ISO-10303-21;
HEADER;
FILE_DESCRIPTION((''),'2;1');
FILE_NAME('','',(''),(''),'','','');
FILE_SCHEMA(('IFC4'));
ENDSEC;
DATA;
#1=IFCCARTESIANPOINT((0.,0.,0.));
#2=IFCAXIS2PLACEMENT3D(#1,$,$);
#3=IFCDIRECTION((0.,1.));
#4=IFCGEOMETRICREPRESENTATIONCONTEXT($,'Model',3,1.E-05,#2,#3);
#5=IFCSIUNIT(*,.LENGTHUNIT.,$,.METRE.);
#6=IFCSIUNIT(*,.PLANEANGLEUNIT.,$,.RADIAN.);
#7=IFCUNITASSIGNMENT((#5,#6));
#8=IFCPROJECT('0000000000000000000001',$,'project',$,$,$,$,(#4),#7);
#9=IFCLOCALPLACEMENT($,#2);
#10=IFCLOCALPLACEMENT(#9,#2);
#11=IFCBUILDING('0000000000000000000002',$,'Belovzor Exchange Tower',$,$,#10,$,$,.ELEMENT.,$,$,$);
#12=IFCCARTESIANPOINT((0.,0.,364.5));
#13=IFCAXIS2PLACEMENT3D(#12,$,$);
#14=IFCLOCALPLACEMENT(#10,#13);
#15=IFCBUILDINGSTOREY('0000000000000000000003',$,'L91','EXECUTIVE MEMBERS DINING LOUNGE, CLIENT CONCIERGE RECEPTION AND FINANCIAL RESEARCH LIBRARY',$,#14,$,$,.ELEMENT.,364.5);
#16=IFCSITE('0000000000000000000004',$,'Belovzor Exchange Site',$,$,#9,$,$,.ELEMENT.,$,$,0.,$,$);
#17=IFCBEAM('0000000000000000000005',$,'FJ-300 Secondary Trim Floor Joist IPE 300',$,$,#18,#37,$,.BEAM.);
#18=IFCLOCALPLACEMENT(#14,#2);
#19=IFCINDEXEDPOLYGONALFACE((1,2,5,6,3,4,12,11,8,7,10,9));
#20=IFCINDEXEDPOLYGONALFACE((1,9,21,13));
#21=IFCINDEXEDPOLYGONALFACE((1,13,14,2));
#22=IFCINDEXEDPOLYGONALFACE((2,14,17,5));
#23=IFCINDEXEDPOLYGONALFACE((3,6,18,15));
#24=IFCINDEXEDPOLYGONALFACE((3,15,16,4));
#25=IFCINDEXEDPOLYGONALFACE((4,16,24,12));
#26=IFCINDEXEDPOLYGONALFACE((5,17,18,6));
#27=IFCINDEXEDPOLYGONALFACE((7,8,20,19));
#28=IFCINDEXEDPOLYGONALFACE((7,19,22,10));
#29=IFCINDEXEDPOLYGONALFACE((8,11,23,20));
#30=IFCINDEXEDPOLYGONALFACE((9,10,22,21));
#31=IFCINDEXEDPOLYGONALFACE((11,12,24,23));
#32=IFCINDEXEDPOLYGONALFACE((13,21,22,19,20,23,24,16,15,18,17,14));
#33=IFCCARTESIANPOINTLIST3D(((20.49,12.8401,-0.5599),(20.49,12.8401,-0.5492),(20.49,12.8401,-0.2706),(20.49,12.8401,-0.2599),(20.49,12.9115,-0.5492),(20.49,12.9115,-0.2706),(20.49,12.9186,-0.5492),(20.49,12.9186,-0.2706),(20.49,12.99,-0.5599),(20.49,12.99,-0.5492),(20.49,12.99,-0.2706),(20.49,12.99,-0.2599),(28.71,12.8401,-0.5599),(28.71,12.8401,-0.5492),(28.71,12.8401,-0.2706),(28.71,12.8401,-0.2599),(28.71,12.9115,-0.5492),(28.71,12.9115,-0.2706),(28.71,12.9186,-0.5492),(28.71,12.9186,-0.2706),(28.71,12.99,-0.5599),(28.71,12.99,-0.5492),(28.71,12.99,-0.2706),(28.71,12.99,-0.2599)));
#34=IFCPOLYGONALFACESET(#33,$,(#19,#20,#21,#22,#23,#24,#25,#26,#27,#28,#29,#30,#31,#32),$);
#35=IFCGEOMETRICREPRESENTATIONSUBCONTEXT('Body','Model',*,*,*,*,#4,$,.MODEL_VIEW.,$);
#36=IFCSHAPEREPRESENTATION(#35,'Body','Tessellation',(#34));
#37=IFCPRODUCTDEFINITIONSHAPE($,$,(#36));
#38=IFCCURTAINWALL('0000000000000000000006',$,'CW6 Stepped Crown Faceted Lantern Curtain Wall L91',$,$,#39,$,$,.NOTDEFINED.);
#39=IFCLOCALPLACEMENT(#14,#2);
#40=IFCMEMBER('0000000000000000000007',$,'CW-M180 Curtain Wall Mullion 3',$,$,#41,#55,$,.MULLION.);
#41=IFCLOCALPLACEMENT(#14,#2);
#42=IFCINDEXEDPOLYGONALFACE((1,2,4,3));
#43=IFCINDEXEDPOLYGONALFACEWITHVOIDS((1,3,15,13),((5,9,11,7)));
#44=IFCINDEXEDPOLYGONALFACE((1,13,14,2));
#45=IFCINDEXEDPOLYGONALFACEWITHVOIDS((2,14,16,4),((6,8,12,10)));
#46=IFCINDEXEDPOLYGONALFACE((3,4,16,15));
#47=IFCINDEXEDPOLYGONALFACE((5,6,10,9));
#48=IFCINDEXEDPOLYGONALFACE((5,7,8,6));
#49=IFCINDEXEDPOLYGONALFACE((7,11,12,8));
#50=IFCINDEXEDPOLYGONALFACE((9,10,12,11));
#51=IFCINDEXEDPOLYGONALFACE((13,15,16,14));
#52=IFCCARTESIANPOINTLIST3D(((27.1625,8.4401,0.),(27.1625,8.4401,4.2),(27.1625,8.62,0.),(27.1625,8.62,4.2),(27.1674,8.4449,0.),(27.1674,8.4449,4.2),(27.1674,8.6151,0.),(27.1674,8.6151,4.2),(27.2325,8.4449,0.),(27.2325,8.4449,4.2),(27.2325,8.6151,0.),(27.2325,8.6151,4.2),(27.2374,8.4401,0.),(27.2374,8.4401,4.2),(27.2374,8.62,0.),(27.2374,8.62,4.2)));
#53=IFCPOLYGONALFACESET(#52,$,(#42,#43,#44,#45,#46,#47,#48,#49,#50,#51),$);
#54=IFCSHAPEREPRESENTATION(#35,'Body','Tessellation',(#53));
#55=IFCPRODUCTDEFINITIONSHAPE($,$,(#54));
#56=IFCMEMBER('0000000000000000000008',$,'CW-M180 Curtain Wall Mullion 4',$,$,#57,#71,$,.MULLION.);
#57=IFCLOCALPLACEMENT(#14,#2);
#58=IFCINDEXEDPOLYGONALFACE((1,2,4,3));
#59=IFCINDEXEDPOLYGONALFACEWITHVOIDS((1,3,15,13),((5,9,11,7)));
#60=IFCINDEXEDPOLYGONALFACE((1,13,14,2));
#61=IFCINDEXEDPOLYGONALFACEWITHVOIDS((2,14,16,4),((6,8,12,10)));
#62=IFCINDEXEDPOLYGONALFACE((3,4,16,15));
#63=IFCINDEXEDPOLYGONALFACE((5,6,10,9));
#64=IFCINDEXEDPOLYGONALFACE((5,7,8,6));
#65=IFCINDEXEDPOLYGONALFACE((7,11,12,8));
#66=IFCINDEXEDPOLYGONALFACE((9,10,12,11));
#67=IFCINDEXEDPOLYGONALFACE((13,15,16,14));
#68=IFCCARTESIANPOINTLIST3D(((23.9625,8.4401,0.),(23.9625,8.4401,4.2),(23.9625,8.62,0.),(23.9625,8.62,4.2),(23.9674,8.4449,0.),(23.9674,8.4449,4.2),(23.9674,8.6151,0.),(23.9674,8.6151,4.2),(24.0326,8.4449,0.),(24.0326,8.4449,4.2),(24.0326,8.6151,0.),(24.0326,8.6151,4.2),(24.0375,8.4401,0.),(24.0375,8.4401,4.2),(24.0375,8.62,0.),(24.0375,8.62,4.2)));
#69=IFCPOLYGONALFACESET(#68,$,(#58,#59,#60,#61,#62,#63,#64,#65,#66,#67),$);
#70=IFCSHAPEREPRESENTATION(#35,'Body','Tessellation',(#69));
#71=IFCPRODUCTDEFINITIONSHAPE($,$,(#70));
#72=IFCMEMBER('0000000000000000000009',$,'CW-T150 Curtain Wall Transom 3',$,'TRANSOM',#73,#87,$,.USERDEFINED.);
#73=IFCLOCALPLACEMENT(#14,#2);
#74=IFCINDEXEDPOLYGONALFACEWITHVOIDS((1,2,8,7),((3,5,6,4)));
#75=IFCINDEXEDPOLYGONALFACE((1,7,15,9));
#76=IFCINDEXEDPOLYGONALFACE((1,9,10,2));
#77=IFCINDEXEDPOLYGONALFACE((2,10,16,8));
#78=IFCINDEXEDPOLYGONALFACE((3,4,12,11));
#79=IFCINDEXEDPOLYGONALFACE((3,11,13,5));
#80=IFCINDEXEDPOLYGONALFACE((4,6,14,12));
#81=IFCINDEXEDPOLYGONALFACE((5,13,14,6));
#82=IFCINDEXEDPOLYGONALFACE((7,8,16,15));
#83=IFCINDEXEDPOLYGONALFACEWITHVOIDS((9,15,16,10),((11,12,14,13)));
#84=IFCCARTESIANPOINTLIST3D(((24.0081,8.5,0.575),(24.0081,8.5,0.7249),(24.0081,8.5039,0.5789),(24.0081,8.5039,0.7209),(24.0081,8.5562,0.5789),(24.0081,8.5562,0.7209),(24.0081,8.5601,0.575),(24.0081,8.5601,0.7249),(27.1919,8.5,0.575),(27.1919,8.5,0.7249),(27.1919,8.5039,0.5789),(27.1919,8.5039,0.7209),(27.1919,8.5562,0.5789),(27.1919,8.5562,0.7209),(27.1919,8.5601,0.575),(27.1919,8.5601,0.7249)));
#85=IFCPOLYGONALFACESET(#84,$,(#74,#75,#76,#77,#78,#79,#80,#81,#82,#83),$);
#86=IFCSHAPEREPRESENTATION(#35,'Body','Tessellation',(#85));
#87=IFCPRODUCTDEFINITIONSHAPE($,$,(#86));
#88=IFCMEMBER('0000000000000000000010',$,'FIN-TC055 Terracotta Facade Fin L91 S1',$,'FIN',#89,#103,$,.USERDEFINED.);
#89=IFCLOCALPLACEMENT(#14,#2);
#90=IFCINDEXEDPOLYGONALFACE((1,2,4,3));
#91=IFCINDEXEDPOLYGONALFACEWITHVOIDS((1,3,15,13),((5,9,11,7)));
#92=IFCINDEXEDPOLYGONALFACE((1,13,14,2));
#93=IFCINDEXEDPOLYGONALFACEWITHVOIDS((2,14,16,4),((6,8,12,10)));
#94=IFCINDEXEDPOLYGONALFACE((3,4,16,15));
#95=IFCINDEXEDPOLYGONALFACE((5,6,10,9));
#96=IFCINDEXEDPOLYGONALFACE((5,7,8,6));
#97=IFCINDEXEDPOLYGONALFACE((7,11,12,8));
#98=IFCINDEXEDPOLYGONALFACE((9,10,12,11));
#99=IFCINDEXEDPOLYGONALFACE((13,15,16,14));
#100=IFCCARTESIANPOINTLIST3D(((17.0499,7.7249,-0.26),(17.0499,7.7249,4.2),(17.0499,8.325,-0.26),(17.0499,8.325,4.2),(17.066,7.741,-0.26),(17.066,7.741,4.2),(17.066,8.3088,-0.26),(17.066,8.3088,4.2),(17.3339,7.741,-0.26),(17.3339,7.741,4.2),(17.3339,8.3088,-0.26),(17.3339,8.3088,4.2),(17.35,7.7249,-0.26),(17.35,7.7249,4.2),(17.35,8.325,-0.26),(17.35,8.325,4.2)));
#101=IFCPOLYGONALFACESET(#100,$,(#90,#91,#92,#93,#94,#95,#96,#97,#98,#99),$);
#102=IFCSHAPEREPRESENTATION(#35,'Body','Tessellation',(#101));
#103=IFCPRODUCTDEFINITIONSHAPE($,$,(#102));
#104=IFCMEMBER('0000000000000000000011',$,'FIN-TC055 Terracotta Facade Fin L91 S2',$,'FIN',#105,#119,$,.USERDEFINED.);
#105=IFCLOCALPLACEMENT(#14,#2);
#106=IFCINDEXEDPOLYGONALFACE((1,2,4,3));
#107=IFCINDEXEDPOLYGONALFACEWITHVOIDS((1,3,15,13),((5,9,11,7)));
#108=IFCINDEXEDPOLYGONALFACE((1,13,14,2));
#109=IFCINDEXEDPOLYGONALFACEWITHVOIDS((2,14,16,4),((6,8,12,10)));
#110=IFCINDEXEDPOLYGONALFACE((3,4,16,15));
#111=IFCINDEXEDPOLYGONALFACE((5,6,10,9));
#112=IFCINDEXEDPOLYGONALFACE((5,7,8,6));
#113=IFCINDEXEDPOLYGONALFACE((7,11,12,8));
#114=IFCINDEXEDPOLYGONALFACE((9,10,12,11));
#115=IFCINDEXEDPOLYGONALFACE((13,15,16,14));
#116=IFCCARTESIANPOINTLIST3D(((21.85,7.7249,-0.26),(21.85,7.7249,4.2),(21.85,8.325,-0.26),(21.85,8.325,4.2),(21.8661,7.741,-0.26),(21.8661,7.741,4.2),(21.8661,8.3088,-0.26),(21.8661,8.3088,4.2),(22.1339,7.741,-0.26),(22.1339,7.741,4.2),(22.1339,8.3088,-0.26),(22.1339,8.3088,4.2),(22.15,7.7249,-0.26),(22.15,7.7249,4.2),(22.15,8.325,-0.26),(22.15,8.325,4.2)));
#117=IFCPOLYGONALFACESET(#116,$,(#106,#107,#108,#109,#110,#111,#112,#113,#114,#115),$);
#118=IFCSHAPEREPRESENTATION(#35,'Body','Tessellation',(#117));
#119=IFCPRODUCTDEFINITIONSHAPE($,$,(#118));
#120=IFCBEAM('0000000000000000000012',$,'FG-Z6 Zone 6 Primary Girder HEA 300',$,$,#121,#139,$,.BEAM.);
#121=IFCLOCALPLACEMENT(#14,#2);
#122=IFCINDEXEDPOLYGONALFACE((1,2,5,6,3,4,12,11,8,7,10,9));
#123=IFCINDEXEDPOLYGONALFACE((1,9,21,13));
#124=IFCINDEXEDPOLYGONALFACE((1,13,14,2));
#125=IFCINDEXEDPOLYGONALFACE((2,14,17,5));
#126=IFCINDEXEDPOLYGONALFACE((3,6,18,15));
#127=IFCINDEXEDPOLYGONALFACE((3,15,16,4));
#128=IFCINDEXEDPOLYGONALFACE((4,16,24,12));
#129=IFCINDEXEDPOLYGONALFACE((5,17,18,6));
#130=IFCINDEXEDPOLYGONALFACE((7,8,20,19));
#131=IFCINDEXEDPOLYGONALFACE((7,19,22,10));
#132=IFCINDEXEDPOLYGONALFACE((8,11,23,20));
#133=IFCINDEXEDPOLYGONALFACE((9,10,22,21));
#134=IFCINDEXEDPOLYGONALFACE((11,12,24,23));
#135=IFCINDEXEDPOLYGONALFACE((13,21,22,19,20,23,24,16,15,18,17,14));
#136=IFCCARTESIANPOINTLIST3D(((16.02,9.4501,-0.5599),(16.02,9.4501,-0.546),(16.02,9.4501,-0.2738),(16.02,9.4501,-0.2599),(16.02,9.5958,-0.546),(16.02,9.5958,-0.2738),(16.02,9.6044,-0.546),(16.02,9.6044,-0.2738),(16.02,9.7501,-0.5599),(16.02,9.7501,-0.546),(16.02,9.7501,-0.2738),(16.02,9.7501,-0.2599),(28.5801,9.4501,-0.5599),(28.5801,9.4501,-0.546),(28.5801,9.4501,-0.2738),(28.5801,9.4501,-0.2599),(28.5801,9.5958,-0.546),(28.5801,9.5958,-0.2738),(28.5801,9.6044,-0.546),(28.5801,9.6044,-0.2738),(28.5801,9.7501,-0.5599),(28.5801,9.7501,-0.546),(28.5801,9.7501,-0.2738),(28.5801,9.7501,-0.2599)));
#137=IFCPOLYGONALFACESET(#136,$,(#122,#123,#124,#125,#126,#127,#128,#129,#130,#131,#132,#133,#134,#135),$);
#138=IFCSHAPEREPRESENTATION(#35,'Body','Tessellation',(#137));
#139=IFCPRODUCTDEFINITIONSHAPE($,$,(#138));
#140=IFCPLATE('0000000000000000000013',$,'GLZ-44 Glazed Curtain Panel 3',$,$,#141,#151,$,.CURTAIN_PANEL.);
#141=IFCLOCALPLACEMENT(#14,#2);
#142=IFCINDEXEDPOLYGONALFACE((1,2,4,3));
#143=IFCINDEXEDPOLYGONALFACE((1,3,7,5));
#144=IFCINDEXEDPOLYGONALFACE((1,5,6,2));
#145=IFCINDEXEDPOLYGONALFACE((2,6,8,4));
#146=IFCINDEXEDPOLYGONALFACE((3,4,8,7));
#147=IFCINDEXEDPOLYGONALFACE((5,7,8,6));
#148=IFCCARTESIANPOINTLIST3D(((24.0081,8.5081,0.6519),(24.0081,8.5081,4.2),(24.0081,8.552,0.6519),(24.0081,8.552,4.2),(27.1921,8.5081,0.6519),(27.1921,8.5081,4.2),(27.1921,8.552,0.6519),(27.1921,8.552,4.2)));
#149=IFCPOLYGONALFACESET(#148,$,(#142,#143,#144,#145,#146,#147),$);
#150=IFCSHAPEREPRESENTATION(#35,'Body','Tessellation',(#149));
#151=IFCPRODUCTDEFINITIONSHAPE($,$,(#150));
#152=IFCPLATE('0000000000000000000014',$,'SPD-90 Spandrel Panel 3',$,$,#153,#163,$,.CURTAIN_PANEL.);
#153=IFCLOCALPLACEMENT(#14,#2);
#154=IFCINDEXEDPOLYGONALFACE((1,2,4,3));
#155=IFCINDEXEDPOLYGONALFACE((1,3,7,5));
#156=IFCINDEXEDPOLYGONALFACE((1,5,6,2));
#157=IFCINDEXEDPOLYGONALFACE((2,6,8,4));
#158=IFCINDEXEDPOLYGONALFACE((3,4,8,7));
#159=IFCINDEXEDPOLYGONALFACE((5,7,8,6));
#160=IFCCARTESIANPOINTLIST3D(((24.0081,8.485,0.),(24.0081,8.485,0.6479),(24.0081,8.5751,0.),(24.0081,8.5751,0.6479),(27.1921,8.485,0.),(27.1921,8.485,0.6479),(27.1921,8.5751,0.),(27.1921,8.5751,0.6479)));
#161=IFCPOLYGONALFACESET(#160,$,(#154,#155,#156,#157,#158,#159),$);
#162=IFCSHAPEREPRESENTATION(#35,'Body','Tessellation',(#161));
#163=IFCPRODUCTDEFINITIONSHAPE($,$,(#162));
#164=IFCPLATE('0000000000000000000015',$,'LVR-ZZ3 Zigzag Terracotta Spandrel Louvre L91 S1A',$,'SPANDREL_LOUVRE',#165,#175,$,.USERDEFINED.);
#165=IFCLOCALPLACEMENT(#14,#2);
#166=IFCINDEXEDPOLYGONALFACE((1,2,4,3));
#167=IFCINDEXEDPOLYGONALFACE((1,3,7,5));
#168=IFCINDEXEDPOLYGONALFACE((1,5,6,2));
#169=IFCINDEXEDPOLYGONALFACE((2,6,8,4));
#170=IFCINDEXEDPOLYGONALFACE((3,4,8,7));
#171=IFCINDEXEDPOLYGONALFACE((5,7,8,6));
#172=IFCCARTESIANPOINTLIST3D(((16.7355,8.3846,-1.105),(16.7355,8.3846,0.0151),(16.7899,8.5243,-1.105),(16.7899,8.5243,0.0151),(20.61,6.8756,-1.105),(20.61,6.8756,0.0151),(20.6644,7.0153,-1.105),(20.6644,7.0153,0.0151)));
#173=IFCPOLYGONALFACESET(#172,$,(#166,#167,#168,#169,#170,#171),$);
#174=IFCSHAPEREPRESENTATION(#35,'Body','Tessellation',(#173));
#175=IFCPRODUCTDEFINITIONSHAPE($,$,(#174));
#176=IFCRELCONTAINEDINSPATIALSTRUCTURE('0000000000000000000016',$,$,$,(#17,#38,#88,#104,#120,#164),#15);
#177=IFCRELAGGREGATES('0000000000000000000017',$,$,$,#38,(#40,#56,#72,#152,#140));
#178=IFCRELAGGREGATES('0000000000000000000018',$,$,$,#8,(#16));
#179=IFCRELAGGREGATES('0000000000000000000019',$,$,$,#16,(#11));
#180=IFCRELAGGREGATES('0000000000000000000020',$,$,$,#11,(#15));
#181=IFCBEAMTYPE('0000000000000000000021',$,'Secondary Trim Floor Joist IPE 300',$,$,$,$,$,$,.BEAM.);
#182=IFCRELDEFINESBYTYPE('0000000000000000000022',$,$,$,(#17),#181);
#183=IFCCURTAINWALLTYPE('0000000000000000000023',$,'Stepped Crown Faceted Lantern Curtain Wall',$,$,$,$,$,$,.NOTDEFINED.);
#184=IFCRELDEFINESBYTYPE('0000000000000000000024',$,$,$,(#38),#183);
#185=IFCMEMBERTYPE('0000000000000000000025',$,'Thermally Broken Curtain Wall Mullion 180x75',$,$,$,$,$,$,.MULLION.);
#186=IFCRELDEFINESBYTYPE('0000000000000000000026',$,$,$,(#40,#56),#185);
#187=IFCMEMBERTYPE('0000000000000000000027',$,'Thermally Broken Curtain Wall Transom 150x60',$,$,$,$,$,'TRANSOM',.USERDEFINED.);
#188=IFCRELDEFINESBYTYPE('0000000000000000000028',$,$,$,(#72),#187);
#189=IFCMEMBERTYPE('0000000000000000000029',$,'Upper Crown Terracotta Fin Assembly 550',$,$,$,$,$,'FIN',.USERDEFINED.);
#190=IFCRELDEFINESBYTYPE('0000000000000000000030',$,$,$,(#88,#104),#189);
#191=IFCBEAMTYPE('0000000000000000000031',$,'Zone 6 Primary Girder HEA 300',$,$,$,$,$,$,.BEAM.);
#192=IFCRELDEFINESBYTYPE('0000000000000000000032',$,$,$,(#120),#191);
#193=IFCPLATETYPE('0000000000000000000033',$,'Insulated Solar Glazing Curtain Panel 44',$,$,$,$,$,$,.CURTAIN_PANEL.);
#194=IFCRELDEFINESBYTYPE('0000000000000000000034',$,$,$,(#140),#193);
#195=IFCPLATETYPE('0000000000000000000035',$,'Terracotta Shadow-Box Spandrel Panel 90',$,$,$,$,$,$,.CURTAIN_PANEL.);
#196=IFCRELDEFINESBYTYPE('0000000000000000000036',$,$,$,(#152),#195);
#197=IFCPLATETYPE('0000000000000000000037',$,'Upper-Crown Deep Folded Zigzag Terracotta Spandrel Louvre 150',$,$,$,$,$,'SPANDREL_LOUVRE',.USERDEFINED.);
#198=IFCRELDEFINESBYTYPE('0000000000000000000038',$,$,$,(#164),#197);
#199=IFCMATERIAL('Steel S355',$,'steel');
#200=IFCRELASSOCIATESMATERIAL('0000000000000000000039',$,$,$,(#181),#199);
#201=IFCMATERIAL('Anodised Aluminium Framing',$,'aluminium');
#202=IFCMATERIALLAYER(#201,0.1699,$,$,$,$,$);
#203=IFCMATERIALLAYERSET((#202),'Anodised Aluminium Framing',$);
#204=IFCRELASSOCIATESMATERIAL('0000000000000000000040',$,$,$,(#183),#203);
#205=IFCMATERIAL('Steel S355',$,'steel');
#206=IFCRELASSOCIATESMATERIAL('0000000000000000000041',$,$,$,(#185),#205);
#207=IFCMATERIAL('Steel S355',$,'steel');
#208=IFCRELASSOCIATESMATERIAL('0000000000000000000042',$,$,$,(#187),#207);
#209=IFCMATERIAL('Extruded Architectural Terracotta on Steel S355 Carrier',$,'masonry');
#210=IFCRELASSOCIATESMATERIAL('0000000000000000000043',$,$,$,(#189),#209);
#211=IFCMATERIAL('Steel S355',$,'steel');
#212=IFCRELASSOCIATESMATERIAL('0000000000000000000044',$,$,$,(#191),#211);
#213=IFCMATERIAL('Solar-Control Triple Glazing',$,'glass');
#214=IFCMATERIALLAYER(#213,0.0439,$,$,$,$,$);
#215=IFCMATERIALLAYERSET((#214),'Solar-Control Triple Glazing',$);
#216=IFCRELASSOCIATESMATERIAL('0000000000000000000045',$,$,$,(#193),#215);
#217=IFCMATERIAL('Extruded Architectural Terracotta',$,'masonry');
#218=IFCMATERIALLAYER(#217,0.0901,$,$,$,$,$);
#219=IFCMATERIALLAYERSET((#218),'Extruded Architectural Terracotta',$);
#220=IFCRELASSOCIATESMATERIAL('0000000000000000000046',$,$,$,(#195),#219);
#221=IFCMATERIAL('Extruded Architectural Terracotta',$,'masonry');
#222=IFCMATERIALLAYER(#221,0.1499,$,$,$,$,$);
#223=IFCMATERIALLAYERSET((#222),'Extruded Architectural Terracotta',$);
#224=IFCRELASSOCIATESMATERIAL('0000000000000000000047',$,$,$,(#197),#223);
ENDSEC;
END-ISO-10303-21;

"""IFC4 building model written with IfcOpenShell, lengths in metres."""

from ifc_helpers import new_model, si_unit, direction, frame, origin, origin_2d, place, context, subcontext, project, spatial, rectangle, hollow_rectangle, i_section, extrude, material, layer, layer_set, material_profile, profile_set, type_object, element, aggregate, save


model = new_model("IFC4")

# Units and contexts
model_context = context("Model", 3, precision=1e-05, world=origin(), true_north=direction((0.0, 1.0)))
body_context = subcontext(model_context, "Body", "Model", "MODEL_VIEW")
ifc_project = project(units=[si_unit("LENGTHUNIT", "METRE"), si_unit("PLANEANGLEUNIT", "RADIAN")], contexts=[model_context])

# Site, building, storey
site_placement = place(None, origin())
site = spatial("IfcSite", under=ifc_project, at=site_placement, Name="Belovzor Exchange Site", CompositionType="ELEMENT", RefElevation=0.0)
building_placement = place(site_placement, origin())
building = spatial("IfcBuilding", under=site, at=building_placement, Name="Belovzor Exchange Tower", CompositionType="ELEMENT")
storey_placement = place(building_placement, frame((0.0, 0.0, 364.5)))
storey = spatial("IfcBuildingStorey", under=building, at=storey_placement, Name="L91", Description="EXECUTIVE MEMBERS DINING LOUNGE, CLIENT CONCIERGE RECEPTION AND FINANCIAL RESEARCH LIBRARY", CompositionType="ELEMENT", Elevation=364.5)

# Beam
ifc_material_1 = material(Name="Steel S355", Category="steel")
ifc_material_profile_1 = material_profile(ifc_material_1, i_section(OverallWidth=0.1499, OverallDepth=0.3, WebThickness=0.0071, FlangeThickness=0.0107, at=origin_2d()))
ifc_profile_set_1 = profile_set([ifc_material_profile_1], Name="Steel S355")
beam_type_1 = type_object("IfcBeamType", Name="Secondary Trim Floor Joist IPE 300", PredefinedType="BEAM", material=ifc_profile_set_1)
beam_1_placement = place(storey_placement, frame((20.49, 12.915, -0.4099), z_axis=(1.0, 0.0, 0.0), x_axis=(0.0, 1.0, 0.0)))
element("IfcBeam", 1, at=beam_1_placement, inside=storey, type_object=beam_type_1, Name="FJ-300 Secondary Trim Floor Joist IPE 300", PredefinedType="BEAM", context=body_context, shape_type="SweptSolid", body=[
    extrude(i_section(OverallWidth=0.1499, OverallDepth=0.3, WebThickness=0.0071, FlangeThickness=0.0107, at=origin_2d()), origin(), (0.0, 0.0, 1.0), 8.22),
])

# Curtain wall, members
ifc_material_2 = material(Name="Anodised Aluminium Framing", Category="aluminium")
ifc_layer_1 = layer(ifc_material_2, 0.1699)
ifc_layer_set_1 = layer_set([ifc_layer_1], Name="Anodised Aluminium Framing")
curtain_wall_type = type_object("IfcCurtainWallType", Name="Stepped Crown Faceted Lantern Curtain Wall", PredefinedType="NOTDEFINED", material=ifc_layer_set_1)
curtain_wall_placement = place(storey_placement, origin())
curtain_wall = element("IfcCurtainWall", 2, at=curtain_wall_placement, inside=storey, type_object=curtain_wall_type, Name="CW6 Stepped Crown Faceted Lantern Curtain Wall L91", PredefinedType="NOTDEFINED")
ifc_material_3 = material(Name="Steel S355", Category="steel")
ifc_material_profile_2 = material_profile(ifc_material_3, hollow_rectangle(XDim=0.075, YDim=0.1799, WallThickness=0.0049, at=origin_2d()))
ifc_profile_set_2 = profile_set([ifc_material_profile_2], Name="Steel S355")
member_type_1 = type_object("IfcMemberType", Name="Thermally Broken Curtain Wall Mullion 180x75", PredefinedType="MULLION", material=ifc_profile_set_2)
member_1_placement = place(storey_placement, frame((27.2, 8.53, 0.0), z_axis=(0.0, 0.0, 1.0), x_axis=(-1.0, 0.0, 0.0)))
member_1 = element("IfcMember", 3, at=member_1_placement, type_object=member_type_1, Name="CW-M180 Curtain Wall Mullion 3", PredefinedType="MULLION", context=body_context, shape_type="SweptSolid", body=[
    extrude(hollow_rectangle(XDim=0.075, YDim=0.1799, WallThickness=0.0049, at=origin_2d()), origin(), (0.0, 0.0, 1.0), 4.2),
])
member_2_placement = place(storey_placement, frame((24.0, 8.53, 0.0), z_axis=(0.0, 0.0, 1.0), x_axis=(-1.0, 0.0, 0.0)))
member_2 = element("IfcMember", 4, at=member_2_placement, type_object=member_type_1, Name="CW-M180 Curtain Wall Mullion 4", PredefinedType="MULLION", context=body_context, shape_type="SweptSolid", body=[
    extrude(hollow_rectangle(XDim=0.075, YDim=0.1799, WallThickness=0.0049, at=origin_2d()), origin(), (0.0, 0.0, 1.0), 4.2),
])
ifc_material_4 = material(Name="Steel S355", Category="steel")
ifc_material_profile_3 = material_profile(ifc_material_4, hollow_rectangle(XDim=0.0601, YDim=0.1499, WallThickness=0.0039, at=origin_2d()))
ifc_profile_set_3 = profile_set([ifc_material_profile_3], Name="Steel S355")
member_type_2 = type_object("IfcMemberType", Name="Thermally Broken Curtain Wall Transom 150x60", ElementType="TRANSOM", PredefinedType="USERDEFINED", material=ifc_profile_set_3)
member_3_placement = place(storey_placement, frame((27.1919, 8.53, 0.6499), z_axis=(-1.0, 0.0, 0.0), x_axis=(0.0, -1.0, 0.0)))
member_3 = element("IfcMember", 5, at=member_3_placement, type_object=member_type_2, Name="CW-T150 Curtain Wall Transom 3", ObjectType="TRANSOM", PredefinedType="USERDEFINED", context=body_context, shape_type="SweptSolid", body=[
    extrude(hollow_rectangle(XDim=0.0601, YDim=0.1499, WallThickness=0.0039, at=origin_2d()), origin(), (0.0, 0.0, 1.0), 3.1838),
])

# Members
ifc_material_5 = material(Name="Extruded Architectural Terracotta on Steel S355 Carrier", Category="masonry")
ifc_material_profile_4 = material_profile(ifc_material_5, hollow_rectangle(XDim=0.3, YDim=0.6001, WallThickness=0.0161, at=origin_2d()))
ifc_profile_set_4 = profile_set([ifc_material_profile_4], Name="Extruded Architectural Terracotta on Steel S355 Carrier")
member_type_3 = type_object("IfcMemberType", Name="Upper Crown Terracotta Fin Assembly 550", ElementType="FIN", PredefinedType="USERDEFINED", material=ifc_profile_set_4)
for number, where, z_axis, x_axis, name in (
    (6, (17.2, 8.0249, -0.26), (0.0, 0.0, 1.0), (1.0, 0.0, 0.0), "FIN-TC055 Terracotta Facade Fin L91 S1"),
    (7, (22.0, 8.0249, -0.26), (0.0, 0.0, 1.0), (1.0, 0.0, 0.0), "FIN-TC055 Terracotta Facade Fin L91 S2"),
):
    element("IfcMember", number, at=place(storey_placement, frame(where, z_axis=z_axis, x_axis=x_axis)), inside=storey, type_object=member_type_3, Name=name, ObjectType="FIN", PredefinedType="USERDEFINED", context=body_context, shape_type="SweptSolid", body=[
        extrude(hollow_rectangle(XDim=0.3, YDim=0.6001, WallThickness=0.0161, at=origin_2d()), origin(), (0.0, 0.0, 1.0), 4.46),
    ])

# Beam
ifc_material_6 = material(Name="Steel S355", Category="steel")
ifc_material_profile_5 = material_profile(ifc_material_6, i_section(OverallWidth=0.3, OverallDepth=0.3, WebThickness=0.0085, FlangeThickness=0.0139, at=origin_2d()))
ifc_profile_set_5 = profile_set([ifc_material_profile_5], Name="Steel S355")
beam_type_2 = type_object("IfcBeamType", Name="Zone 6 Primary Girder HEA 300", PredefinedType="BEAM", material=ifc_profile_set_5)
beam_2_placement = place(storey_placement, frame((16.02, 9.6001, -0.4099), z_axis=(1.0, 0.0, 0.0), x_axis=(0.0, 1.0, 0.0)))
element("IfcBeam", 8, at=beam_2_placement, inside=storey, type_object=beam_type_2, Name="FG-Z6 Zone 6 Primary Girder HEA 300", PredefinedType="BEAM", context=body_context, shape_type="SweptSolid", body=[
    extrude(i_section(OverallWidth=0.3, OverallDepth=0.3, WebThickness=0.0085, FlangeThickness=0.0139, at=origin_2d()), origin(), (0.0, 0.0, 1.0), 12.5601),
])

# Plates
ifc_material_7 = material(Name="Solar-Control Triple Glazing", Category="glass")
ifc_layer_2 = layer(ifc_material_7, 0.0439)
ifc_layer_set_2 = layer_set([ifc_layer_2], Name="Solar-Control Triple Glazing")
plate_type_1 = type_object("IfcPlateType", Name="Insulated Solar Glazing Curtain Panel 44", PredefinedType="CURTAIN_PANEL", material=ifc_layer_set_2)
plate_1_placement = place(storey_placement, frame((25.6001, 8.53, 0.6519), z_axis=(0.0, 0.0, 1.0), x_axis=(-1.0, 0.0, 0.0)))
plate_1 = element("IfcPlate", 9, at=plate_1_placement, type_object=plate_type_1, Name="GLZ-44 Glazed Curtain Panel 3", PredefinedType="CURTAIN_PANEL", context=body_context, shape_type="SweptSolid", body=[
    extrude(rectangle(XDim=3.1841, YDim=0.0439, at=origin_2d()), origin(), (0.0, 0.0, 1.0), 3.5481),
])
ifc_material_8 = material(Name="Extruded Architectural Terracotta", Category="masonry")
ifc_layer_3 = layer(ifc_material_8, 0.0901)
ifc_layer_set_3 = layer_set([ifc_layer_3], Name="Extruded Architectural Terracotta")
plate_type_2 = type_object("IfcPlateType", Name="Terracotta Shadow-Box Spandrel Panel 90", PredefinedType="CURTAIN_PANEL", material=ifc_layer_set_3)
plate_2_placement = place(storey_placement, frame((25.6001, 8.53, 0.0), z_axis=(0.0, 0.0, 1.0), x_axis=(-1.0, 0.0, 0.0)))
plate_2 = element("IfcPlate", 10, at=plate_2_placement, type_object=plate_type_2, Name="SPD-90 Spandrel Panel 3", PredefinedType="CURTAIN_PANEL", context=body_context, shape_type="SweptSolid", body=[
    extrude(rectangle(XDim=3.1841, YDim=0.0901, at=origin_2d()), origin(), (0.0, 0.0, 1.0), 0.6479),
])
aggregate(curtain_wall, [member_1, member_2, member_3, plate_2, plate_1])

# Plate
ifc_material_9 = material(Name="Extruded Architectural Terracotta", Category="masonry")
ifc_layer_4 = layer(ifc_material_9, 0.1499)
ifc_layer_set_4 = layer_set([ifc_layer_4], Name="Extruded Architectural Terracotta")
plate_type_3 = type_object("IfcPlateType", Name="Upper-Crown Deep Folded Zigzag Terracotta Spandrel Louvre 150", ElementType="SPANDREL_LOUVRE", PredefinedType="USERDEFINED", material=ifc_layer_set_4)
for number, where, z_axis, x_axis, name in (
    (11, (18.7, 7.7, -1.105), (0.0, 0.0, 1.0), (0.931818, -0.362926, 0.0), "LVR-ZZ3 Zigzag Terracotta Spandrel Louvre L91 S1A"),
):
    element("IfcPlate", number, at=place(storey_placement, frame(where, z_axis=z_axis, x_axis=x_axis)), inside=storey, type_object=plate_type_3, Name=name, ObjectType="SPANDREL_LOUVRE", PredefinedType="USERDEFINED", context=body_context, shape_type="SweptSolid", body=[
        extrude(rectangle(XDim=4.158, YDim=0.1499, at=origin_2d()), origin(), (0.0, 0.0, 1.0), 1.1201),
    ])

save(model, "model.ifc")
